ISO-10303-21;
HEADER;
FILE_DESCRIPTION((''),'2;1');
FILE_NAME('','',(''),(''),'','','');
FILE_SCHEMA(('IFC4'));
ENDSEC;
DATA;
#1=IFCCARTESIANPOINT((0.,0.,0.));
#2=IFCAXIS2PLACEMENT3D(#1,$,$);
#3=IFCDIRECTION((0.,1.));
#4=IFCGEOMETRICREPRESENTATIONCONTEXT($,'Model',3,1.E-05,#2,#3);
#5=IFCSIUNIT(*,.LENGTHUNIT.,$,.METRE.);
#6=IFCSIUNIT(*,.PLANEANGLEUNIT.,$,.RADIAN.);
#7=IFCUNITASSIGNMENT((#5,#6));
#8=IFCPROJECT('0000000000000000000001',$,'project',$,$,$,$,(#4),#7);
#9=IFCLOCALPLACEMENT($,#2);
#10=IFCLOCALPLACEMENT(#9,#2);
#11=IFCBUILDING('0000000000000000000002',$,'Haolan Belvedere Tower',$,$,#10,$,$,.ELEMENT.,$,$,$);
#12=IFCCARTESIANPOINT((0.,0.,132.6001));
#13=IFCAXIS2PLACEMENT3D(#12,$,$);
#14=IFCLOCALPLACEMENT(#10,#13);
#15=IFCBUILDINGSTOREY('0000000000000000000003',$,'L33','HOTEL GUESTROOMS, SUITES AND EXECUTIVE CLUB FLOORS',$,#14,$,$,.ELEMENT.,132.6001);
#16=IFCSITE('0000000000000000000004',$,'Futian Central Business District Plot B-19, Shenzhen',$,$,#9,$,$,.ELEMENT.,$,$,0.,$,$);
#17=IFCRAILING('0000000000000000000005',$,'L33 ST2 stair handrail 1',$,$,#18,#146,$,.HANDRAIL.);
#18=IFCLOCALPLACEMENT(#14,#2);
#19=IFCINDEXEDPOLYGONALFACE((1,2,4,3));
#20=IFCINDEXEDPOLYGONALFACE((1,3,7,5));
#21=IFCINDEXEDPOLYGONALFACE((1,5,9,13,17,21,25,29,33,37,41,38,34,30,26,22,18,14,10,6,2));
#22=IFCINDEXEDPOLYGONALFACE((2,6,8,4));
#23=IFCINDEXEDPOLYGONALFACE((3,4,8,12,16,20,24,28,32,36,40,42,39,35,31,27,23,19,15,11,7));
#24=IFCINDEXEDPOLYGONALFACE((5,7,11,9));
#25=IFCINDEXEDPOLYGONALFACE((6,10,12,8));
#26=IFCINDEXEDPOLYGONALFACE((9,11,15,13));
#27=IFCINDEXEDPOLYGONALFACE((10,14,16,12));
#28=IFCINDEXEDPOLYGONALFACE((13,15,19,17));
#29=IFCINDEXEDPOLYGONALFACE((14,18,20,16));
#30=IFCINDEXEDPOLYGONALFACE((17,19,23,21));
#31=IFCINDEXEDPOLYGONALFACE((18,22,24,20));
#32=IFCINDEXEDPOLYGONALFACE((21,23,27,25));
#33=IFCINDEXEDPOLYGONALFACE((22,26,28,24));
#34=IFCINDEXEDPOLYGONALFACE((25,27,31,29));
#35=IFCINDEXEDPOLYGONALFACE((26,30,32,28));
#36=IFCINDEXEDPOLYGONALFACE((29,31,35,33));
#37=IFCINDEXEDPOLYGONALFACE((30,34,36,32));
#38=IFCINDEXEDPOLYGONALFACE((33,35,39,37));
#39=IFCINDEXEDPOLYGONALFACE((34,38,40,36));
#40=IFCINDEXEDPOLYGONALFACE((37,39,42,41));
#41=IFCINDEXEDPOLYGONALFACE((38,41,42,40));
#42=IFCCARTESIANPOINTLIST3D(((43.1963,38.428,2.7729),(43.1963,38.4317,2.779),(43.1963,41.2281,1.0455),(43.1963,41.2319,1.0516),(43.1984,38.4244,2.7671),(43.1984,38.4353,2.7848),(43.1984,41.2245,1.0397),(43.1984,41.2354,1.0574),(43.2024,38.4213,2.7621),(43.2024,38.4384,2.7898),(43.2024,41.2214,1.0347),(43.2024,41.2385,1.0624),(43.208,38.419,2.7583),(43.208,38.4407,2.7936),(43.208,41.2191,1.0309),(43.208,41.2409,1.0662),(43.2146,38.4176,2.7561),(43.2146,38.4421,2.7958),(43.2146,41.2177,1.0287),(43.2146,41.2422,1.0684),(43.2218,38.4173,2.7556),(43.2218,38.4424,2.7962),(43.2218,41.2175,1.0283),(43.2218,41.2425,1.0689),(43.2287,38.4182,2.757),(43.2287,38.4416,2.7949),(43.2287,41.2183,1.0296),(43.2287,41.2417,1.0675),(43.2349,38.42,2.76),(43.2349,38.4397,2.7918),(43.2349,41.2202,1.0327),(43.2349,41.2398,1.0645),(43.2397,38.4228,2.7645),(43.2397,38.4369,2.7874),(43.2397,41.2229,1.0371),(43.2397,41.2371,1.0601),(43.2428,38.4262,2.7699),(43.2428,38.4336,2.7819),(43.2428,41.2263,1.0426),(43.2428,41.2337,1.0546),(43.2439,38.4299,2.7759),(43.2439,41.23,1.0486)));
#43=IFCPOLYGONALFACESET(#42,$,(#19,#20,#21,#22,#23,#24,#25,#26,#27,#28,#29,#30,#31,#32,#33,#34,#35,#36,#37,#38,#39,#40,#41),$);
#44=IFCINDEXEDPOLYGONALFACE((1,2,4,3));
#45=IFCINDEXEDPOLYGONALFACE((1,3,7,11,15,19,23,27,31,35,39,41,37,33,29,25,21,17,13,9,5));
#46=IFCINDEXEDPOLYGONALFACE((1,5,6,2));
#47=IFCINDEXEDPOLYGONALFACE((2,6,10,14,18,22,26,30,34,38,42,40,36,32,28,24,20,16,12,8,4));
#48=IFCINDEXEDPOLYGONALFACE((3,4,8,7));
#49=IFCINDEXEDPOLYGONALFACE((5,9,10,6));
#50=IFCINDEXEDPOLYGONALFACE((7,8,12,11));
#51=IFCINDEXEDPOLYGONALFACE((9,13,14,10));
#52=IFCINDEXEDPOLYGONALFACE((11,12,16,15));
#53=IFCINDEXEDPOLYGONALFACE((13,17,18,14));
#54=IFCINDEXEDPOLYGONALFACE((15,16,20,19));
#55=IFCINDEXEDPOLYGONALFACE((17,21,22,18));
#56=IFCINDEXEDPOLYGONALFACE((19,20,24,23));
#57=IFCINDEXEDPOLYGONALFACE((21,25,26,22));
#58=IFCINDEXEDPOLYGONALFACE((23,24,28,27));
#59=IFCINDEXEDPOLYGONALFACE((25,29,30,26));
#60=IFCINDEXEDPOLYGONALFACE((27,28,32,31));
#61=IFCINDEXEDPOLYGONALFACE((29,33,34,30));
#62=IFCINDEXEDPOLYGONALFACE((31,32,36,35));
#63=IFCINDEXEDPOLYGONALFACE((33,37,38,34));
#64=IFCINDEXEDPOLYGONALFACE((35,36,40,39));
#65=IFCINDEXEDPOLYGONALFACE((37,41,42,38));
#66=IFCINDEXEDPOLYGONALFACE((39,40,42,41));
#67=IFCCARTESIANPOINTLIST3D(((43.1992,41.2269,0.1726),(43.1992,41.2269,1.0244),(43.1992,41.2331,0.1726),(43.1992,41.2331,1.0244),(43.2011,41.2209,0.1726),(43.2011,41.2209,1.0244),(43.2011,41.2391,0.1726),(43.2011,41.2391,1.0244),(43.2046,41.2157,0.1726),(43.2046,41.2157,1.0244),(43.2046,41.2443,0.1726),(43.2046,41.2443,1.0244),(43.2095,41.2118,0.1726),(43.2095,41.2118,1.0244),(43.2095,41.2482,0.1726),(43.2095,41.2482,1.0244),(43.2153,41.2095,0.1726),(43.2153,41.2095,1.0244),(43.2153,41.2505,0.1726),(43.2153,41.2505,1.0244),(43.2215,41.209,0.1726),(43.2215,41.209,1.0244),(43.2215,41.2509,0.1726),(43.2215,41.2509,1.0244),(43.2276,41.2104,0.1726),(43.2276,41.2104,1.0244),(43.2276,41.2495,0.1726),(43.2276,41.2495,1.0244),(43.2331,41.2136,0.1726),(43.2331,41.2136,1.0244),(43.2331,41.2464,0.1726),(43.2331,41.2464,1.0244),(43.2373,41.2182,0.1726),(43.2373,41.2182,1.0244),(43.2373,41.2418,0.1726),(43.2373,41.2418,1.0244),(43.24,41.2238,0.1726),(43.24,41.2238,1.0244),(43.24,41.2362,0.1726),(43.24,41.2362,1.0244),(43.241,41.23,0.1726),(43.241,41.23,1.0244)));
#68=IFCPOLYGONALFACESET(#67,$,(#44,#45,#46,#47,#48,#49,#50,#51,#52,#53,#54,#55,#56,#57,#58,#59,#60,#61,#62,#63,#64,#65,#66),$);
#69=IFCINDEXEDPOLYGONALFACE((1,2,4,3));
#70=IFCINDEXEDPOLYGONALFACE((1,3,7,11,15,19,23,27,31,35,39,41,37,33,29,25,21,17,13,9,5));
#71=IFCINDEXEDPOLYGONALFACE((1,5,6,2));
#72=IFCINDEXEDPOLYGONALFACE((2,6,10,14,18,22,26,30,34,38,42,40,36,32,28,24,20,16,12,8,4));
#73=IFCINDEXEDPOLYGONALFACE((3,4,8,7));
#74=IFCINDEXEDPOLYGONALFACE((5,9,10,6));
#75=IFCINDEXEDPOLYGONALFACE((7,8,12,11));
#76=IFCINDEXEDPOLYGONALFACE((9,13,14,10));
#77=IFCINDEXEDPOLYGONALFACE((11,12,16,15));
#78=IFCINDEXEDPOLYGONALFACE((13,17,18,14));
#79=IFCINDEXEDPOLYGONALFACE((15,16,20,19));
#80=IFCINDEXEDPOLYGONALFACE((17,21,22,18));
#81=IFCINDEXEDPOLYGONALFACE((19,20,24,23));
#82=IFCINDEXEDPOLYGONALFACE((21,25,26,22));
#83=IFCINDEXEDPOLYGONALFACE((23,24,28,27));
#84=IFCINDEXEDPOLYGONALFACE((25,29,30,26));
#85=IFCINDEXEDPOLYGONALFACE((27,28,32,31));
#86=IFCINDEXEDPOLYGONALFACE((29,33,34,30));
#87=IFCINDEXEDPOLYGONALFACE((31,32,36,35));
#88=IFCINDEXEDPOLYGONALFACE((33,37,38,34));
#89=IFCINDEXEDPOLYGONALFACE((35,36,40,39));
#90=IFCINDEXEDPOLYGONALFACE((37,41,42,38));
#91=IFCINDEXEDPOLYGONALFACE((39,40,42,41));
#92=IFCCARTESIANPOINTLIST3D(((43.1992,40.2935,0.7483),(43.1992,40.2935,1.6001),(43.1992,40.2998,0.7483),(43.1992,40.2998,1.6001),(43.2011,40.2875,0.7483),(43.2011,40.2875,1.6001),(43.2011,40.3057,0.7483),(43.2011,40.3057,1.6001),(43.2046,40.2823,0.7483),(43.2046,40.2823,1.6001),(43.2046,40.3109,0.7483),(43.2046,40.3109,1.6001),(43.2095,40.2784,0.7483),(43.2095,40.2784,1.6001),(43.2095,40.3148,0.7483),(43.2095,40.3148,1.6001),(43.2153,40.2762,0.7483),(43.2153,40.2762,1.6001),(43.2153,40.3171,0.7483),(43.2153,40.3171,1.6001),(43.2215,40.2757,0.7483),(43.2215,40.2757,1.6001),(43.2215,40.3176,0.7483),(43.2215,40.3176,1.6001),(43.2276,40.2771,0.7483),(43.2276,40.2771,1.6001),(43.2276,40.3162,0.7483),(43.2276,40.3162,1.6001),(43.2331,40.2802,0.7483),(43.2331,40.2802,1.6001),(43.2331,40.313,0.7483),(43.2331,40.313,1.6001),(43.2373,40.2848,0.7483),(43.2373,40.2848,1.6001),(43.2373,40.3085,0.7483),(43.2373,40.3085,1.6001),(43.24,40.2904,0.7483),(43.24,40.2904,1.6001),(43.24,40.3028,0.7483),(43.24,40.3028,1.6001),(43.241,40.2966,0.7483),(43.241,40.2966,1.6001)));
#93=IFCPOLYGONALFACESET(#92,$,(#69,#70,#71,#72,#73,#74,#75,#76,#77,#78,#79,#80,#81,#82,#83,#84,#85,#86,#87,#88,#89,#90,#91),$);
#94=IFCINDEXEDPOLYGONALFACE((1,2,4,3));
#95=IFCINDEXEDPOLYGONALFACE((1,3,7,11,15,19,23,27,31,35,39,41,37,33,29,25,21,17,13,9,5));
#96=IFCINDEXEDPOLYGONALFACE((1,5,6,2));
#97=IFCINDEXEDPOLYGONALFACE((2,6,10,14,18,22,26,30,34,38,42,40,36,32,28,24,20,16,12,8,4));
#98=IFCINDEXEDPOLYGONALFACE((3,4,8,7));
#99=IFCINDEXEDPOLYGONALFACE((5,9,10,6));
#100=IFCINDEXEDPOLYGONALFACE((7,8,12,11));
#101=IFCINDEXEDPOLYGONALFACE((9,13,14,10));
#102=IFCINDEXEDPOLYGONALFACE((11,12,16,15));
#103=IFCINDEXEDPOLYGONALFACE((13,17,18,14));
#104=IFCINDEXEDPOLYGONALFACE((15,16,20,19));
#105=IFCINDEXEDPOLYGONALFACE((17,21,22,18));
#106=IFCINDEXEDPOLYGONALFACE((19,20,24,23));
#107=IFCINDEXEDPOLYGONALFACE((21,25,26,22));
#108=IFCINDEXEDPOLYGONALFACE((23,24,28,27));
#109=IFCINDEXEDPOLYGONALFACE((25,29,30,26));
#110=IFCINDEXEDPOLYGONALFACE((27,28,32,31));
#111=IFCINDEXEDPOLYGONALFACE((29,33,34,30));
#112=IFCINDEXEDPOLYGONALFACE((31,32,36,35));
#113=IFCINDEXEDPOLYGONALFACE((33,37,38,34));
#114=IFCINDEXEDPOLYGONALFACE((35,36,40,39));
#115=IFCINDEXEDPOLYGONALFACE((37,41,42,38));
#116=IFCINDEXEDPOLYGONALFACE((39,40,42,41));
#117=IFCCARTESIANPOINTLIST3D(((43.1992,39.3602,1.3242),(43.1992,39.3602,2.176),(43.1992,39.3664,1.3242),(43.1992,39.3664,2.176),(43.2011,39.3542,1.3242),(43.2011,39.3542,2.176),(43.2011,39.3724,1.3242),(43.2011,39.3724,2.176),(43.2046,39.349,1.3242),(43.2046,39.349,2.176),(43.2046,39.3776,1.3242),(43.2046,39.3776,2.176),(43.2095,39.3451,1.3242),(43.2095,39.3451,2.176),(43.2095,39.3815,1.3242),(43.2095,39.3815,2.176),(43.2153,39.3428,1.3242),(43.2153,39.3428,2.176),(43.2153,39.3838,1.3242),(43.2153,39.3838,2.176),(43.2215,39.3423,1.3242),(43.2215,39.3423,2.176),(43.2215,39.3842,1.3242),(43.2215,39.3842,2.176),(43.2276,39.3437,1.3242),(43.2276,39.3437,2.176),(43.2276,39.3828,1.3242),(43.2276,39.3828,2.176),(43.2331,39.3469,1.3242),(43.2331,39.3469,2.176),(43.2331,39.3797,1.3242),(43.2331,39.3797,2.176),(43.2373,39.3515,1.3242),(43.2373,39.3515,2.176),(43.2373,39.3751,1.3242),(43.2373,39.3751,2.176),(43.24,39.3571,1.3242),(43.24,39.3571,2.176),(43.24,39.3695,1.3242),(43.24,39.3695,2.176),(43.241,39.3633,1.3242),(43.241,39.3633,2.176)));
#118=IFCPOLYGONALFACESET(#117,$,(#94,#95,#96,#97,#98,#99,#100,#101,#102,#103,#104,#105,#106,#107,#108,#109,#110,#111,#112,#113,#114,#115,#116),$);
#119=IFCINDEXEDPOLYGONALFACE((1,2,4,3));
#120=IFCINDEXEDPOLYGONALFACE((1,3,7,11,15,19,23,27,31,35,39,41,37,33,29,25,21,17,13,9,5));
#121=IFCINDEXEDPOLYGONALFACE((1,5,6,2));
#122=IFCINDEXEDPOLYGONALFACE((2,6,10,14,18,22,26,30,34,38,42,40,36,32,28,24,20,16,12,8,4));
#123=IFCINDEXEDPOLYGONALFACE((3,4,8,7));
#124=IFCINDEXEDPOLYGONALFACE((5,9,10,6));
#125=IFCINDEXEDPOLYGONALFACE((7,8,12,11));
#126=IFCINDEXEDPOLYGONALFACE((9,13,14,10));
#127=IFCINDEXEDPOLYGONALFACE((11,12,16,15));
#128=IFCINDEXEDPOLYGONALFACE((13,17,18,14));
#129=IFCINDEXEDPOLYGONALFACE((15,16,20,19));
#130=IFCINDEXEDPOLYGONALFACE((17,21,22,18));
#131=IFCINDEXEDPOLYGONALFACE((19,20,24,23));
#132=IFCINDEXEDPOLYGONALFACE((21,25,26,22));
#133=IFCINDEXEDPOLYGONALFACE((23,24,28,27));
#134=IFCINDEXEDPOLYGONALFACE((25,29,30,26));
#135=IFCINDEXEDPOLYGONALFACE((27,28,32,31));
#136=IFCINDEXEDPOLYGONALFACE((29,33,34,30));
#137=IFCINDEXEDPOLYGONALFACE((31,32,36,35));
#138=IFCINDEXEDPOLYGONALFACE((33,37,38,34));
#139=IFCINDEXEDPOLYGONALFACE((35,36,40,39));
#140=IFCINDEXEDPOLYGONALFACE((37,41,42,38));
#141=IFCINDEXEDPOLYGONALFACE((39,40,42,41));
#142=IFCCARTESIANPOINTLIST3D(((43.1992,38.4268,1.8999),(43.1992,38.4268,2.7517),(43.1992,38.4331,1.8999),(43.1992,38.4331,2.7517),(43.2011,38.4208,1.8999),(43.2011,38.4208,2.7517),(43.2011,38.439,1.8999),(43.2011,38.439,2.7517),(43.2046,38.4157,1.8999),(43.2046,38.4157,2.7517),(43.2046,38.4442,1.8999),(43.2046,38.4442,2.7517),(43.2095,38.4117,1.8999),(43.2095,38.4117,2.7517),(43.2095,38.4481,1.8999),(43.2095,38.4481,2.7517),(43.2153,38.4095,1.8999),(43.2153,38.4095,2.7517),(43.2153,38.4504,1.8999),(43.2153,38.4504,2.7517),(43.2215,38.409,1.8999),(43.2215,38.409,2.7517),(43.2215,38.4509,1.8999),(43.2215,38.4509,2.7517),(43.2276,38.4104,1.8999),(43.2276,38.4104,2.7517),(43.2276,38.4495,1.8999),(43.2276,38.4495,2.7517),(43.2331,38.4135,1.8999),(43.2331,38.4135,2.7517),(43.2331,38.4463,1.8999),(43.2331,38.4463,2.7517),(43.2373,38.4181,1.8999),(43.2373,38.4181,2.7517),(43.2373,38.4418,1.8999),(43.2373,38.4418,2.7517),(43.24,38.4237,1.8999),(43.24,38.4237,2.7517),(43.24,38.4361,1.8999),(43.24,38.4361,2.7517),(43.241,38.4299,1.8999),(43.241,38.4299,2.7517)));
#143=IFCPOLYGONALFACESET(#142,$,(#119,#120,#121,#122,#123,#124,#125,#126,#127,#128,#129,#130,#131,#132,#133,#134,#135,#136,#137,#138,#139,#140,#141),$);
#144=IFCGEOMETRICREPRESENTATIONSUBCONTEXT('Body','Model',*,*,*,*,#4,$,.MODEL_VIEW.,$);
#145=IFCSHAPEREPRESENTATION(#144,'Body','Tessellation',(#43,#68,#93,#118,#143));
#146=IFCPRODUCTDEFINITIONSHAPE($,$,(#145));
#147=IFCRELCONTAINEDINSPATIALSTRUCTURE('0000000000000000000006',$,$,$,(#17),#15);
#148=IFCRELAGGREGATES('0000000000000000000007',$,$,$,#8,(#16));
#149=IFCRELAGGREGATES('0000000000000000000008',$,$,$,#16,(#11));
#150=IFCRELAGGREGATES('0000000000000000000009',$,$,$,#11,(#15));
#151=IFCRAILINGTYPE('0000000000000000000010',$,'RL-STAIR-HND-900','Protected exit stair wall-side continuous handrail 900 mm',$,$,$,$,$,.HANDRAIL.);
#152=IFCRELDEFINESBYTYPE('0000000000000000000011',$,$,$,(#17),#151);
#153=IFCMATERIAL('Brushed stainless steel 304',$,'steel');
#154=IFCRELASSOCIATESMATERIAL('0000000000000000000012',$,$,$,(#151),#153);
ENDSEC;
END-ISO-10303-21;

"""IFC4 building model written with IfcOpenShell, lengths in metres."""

from ifc_helpers import new_model, si_unit, direction, frame, origin, origin_2d, place, context, subcontext, project, spatial, circle, extrude, material, type_object, element, save


model = new_model("IFC4")

# Units and contexts
model_context = context("Model", 3, precision=1e-05, world=origin(), true_north=direction((0.0, 1.0)))
body_context = subcontext(model_context, "Body", "Model", "MODEL_VIEW")
ifc_project = project(units=[si_unit("LENGTHUNIT", "METRE"), si_unit("PLANEANGLEUNIT", "RADIAN")], contexts=[model_context])

# Site, building, storey
site_placement = place(None, origin())
site = spatial("IfcSite", under=ifc_project, at=site_placement, Name="Futian Central Business District Plot B-19, Shenzhen", CompositionType="ELEMENT", RefElevation=0.0)
building_placement = place(site_placement, origin())
building = spatial("IfcBuilding", under=site, at=building_placement, Name="Haolan Belvedere Tower", CompositionType="ELEMENT")
storey_placement = place(building_placement, frame((0.0, 0.0, 132.6001)))
storey = spatial("IfcBuildingStorey", under=building, at=storey_placement, Name="L33", Description="HOTEL GUESTROOMS, SUITES AND EXECUTIVE CLUB FLOORS", CompositionType="ELEMENT", Elevation=132.6001)

# Railing
ifc_material_1 = material(Name="Brushed stainless steel 304", Category="steel")
railing_type_1 = type_object("IfcRailingType", Name="RL-STAIR-HND-900", Description="Protected exit stair wall-side continuous handrail 900 mm", PredefinedType="HANDRAIL", material=ifc_material_1)
railing_1_placement = place(storey_placement, frame((43.22, 41.23, 0.1726)))
element("IfcRailing", 1, at=railing_1_placement, inside=storey, type_object=railing_type_1, Name="L33 ST2 stair handrail 1", PredefinedType="HANDRAIL", context=body_context, shape_type="SweptSolid", body=[
    extrude(circle(Radius=0.0239, at=origin_2d()), frame((0.0, 0.0, 0.876), z_axis=(0.0, -0.85109, 0.52502), x_axis=(1.0, 0.0, 0.0)), (0.0, 0.0, 1.0), 3.29),
    extrude(circle(Radius=0.021, at=origin_2d()), origin(), (0.0, 0.0, 1.0), 0.8518),
    extrude(circle(Radius=0.021, at=origin_2d()), frame((0.0, -0.9333, 0.5757)), (0.0, 0.0, 1.0), 0.8518),
    extrude(circle(Radius=0.021, at=origin_2d()), frame((0.0, -1.8667, 1.1516)), (0.0, 0.0, 1.0), 0.8518),
    extrude(circle(Radius=0.021, at=origin_2d()), frame((0.0, -2.8, 1.7273)), (0.0, 0.0, 1.0), 0.8518),
])

save(model, "model.ifc")
